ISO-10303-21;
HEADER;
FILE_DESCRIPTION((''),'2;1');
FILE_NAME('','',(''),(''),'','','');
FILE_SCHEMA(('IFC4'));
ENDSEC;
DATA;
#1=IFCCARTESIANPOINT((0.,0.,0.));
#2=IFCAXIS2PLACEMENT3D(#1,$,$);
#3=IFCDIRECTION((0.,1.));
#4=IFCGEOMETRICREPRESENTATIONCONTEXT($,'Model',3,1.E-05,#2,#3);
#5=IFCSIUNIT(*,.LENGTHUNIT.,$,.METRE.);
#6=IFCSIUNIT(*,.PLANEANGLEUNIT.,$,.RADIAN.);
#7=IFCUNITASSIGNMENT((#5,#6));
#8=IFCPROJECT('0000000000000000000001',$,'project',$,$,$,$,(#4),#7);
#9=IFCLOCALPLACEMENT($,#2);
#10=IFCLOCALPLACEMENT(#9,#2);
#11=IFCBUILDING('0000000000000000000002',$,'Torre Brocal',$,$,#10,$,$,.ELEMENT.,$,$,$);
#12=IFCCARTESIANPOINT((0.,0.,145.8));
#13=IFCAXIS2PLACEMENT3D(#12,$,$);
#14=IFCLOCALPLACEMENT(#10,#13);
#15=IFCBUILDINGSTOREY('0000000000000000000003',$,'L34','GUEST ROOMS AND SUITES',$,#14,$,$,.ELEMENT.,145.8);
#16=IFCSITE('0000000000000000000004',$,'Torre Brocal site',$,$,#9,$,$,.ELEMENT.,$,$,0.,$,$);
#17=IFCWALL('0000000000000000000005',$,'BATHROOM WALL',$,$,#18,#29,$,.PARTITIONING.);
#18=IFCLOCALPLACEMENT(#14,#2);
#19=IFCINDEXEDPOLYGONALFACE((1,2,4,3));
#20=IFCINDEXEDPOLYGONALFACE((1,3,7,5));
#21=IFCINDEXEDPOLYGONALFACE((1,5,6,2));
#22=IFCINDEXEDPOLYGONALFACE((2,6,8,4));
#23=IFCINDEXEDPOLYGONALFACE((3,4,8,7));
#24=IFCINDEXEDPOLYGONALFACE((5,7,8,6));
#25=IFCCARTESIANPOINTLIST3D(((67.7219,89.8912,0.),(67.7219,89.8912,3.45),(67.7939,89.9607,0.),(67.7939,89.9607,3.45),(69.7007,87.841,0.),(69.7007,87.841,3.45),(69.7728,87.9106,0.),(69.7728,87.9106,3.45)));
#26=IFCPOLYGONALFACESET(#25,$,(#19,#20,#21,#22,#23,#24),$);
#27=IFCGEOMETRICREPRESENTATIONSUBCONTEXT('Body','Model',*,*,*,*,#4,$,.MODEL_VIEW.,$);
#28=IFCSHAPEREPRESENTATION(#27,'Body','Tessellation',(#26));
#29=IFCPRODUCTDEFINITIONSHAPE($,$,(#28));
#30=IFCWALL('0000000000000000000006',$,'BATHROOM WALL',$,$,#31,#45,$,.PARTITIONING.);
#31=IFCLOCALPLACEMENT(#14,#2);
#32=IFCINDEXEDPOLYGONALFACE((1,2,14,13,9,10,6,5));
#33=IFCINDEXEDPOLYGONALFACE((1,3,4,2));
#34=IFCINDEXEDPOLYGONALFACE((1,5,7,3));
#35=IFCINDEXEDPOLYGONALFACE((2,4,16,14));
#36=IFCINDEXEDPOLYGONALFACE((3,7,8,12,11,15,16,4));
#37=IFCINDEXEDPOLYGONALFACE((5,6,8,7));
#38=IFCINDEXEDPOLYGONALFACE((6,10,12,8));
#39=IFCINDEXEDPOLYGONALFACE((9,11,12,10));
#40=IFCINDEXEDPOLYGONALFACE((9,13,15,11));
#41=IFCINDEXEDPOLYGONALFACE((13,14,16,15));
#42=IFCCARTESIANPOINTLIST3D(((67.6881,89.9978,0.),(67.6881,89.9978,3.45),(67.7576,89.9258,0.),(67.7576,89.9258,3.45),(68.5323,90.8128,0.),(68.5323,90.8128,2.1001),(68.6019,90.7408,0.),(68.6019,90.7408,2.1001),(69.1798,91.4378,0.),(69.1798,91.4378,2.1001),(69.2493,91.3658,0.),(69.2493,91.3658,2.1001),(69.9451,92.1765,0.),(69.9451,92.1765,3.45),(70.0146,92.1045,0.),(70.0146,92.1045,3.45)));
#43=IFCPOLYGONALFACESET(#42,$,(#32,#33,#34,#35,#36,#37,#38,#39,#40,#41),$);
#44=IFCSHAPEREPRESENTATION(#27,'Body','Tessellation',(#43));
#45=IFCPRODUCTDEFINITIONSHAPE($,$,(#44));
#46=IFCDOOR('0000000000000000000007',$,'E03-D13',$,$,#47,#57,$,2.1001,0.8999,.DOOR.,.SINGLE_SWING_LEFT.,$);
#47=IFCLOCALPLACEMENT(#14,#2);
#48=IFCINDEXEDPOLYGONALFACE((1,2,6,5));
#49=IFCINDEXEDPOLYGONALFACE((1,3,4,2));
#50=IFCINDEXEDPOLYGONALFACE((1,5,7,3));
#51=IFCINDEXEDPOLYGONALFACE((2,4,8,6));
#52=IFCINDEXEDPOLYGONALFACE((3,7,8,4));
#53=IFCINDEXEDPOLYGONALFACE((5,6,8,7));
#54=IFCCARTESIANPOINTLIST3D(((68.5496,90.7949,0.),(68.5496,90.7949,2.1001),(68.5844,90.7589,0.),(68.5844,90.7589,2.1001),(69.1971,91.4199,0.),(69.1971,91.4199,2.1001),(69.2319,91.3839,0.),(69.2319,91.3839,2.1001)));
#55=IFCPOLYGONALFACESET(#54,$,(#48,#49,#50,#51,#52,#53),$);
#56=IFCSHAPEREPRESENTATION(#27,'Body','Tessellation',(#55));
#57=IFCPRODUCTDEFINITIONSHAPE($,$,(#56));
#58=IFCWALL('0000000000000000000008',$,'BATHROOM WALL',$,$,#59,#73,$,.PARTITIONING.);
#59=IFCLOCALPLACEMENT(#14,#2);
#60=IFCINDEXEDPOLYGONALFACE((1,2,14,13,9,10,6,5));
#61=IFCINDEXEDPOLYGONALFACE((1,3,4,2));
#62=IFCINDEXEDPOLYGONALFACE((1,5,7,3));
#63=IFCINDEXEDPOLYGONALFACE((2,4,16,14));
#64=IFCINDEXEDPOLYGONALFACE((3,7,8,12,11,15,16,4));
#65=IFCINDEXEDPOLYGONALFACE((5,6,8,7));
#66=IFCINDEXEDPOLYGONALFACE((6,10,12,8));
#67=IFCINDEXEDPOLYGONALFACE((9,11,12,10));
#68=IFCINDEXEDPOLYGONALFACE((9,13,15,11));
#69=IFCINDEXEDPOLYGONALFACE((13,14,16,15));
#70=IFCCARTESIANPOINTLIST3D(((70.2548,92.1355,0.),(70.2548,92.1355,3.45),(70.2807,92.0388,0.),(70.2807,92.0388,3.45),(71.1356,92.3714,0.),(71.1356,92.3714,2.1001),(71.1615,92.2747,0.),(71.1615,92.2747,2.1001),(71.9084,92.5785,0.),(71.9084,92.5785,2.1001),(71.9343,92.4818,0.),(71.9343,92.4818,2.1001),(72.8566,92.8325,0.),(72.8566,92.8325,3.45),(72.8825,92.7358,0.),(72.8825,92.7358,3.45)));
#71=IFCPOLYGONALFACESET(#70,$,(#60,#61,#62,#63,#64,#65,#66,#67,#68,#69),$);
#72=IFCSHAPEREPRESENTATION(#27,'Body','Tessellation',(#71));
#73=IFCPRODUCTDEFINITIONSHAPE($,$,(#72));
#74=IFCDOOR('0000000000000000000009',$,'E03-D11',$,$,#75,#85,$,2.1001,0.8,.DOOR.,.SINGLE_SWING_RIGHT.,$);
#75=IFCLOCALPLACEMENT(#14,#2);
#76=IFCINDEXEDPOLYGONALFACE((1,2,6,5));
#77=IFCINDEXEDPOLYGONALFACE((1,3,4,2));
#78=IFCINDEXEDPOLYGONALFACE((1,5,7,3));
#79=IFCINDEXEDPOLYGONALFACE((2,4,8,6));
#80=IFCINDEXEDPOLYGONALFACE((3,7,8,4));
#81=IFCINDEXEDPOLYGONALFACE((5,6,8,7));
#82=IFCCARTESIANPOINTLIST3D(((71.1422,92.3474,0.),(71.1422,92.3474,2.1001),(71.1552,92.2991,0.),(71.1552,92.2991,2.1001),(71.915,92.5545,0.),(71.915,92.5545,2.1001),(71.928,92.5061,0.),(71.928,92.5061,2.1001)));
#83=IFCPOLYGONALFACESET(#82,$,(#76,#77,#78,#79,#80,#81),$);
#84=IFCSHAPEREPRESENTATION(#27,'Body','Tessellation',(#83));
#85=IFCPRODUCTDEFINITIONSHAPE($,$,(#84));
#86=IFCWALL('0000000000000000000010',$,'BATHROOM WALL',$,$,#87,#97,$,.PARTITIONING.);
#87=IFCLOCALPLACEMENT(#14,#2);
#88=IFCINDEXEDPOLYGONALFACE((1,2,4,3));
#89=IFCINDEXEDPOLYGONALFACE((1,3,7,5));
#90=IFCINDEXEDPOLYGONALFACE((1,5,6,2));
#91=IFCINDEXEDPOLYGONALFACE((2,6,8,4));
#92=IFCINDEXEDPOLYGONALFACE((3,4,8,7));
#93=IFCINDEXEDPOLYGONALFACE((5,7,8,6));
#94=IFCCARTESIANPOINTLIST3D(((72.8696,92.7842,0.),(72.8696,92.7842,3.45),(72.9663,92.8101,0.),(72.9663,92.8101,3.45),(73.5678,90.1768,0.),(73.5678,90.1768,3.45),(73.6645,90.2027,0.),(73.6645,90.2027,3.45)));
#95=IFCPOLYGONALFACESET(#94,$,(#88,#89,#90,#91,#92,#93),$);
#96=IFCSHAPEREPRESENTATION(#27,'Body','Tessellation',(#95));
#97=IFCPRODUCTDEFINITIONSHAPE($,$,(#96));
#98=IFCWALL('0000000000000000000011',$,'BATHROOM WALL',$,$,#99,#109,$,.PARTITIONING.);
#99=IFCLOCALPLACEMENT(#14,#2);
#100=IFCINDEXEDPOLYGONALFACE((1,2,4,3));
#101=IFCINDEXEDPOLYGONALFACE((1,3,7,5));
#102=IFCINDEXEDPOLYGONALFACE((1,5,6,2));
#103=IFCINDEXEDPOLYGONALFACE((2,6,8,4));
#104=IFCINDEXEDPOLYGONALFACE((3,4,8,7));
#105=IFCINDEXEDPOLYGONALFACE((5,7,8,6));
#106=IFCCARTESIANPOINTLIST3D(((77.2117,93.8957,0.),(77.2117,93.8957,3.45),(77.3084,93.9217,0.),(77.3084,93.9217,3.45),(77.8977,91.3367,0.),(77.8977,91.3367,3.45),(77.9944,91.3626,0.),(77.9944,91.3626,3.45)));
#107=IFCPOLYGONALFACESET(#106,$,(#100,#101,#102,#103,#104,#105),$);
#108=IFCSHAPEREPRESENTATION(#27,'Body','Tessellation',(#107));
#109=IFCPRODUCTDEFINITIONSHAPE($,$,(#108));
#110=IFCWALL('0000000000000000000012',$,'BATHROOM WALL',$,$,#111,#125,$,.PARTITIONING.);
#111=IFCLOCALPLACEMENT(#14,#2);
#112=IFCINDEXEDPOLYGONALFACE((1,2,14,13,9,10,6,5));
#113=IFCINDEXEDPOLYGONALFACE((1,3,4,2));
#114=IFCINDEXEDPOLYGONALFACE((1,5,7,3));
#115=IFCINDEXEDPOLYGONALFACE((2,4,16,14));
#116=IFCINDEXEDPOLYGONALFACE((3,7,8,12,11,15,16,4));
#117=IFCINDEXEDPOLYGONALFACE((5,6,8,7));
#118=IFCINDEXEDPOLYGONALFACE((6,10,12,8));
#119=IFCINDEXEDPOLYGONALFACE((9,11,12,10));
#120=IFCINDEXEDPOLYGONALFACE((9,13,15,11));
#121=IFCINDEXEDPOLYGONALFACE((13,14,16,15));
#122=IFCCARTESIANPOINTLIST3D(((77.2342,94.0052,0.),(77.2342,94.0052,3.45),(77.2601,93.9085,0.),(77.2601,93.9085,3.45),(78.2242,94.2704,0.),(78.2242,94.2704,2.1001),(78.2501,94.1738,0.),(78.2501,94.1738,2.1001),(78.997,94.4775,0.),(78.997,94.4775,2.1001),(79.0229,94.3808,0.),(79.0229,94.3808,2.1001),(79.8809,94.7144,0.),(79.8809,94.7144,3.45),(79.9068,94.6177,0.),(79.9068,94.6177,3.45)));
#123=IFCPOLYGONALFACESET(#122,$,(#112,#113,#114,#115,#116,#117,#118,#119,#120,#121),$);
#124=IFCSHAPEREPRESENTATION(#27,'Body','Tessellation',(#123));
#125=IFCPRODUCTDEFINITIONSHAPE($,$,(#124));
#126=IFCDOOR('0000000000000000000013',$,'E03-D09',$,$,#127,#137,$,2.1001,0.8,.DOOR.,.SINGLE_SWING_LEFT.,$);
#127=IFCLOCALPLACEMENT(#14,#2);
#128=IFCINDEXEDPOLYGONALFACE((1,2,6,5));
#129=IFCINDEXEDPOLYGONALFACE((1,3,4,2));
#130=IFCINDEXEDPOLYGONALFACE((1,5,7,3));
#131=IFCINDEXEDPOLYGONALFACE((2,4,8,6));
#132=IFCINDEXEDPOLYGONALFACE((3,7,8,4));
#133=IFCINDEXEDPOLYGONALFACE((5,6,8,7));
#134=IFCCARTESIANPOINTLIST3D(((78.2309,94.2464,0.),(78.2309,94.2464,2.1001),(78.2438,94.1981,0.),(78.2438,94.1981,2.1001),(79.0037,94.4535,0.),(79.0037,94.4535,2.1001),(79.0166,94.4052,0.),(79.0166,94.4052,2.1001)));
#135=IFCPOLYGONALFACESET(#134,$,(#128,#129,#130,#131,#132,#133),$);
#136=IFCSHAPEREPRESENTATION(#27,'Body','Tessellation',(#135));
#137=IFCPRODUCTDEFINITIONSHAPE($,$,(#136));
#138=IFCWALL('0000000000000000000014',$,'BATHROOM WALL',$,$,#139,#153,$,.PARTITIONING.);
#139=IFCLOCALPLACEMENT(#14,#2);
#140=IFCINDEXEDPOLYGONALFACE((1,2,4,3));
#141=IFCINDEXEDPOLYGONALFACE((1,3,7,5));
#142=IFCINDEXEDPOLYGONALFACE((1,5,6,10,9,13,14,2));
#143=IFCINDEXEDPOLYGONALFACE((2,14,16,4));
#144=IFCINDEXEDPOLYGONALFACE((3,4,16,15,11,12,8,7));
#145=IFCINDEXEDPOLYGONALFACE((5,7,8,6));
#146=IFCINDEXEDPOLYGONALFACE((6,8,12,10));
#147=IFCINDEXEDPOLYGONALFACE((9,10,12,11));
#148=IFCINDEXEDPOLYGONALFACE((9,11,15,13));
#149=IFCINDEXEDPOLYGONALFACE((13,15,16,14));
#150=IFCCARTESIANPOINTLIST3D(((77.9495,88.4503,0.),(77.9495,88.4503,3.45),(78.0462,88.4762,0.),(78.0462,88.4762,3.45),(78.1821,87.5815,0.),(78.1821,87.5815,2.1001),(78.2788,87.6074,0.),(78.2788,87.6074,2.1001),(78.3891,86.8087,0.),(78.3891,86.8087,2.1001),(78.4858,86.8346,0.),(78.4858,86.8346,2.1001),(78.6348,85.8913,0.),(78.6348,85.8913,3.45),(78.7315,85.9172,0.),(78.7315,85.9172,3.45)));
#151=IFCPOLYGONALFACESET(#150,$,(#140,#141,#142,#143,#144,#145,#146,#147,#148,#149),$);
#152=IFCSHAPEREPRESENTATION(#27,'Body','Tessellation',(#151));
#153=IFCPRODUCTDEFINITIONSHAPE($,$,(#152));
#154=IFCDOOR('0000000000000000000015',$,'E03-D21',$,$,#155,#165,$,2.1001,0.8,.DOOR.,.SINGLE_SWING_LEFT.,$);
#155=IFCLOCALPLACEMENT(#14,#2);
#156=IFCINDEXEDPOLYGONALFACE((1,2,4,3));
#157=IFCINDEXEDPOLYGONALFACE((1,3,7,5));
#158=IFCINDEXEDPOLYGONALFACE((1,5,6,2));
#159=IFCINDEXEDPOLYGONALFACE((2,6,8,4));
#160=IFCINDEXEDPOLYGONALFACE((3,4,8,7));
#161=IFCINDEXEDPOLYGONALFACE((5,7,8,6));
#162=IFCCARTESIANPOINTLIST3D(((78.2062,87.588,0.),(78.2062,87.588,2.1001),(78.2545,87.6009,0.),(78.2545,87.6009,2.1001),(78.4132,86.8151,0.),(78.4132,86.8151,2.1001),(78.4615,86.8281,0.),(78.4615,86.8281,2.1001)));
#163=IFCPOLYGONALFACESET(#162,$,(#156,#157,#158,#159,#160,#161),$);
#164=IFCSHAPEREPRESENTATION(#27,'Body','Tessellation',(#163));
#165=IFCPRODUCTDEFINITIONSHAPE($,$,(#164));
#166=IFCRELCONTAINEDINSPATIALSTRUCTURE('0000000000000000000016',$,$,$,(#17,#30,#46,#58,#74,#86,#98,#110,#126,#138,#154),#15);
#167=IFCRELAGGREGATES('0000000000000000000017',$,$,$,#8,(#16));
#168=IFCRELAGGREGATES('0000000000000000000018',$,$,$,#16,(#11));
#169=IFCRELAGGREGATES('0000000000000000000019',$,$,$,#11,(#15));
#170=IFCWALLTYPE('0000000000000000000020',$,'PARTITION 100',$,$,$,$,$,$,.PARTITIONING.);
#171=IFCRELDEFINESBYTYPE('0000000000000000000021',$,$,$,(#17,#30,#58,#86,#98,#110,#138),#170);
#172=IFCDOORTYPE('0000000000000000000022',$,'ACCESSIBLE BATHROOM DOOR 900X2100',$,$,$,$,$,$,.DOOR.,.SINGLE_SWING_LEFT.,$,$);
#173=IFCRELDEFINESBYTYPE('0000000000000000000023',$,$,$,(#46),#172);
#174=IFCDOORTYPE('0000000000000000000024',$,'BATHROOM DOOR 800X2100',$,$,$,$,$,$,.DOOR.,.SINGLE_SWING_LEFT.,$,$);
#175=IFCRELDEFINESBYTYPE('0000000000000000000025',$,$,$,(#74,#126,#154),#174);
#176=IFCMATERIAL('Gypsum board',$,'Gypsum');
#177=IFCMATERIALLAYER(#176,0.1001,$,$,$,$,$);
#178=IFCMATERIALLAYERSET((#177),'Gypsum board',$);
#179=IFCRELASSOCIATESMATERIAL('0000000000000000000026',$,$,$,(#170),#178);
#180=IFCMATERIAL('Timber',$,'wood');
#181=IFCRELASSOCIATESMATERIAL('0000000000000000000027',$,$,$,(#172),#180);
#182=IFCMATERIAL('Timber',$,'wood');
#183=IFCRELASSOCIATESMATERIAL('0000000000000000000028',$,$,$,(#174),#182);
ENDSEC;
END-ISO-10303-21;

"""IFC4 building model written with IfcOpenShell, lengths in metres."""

from ifc_helpers import new_model, si_unit, direction, frame, frame_2d, origin, place, context, subcontext, project, spatial, rectangle, extrude, material, layer, layer_set, type_object, element, fill, save


model = new_model("IFC4")

# Units and contexts
model_context = context("Model", 3, precision=1e-05, world=origin(), true_north=direction((0.0, 1.0)))
body_context = subcontext(model_context, "Body", "Model", "MODEL_VIEW")
ifc_project = project(units=[si_unit("LENGTHUNIT", "METRE"), si_unit("PLANEANGLEUNIT", "RADIAN")], contexts=[model_context])

# Site, building, storey
site_placement = place(None, origin())
site = spatial("IfcSite", under=ifc_project, at=site_placement, Name="Torre Brocal site", CompositionType="ELEMENT", RefElevation=0.0)
building_placement = place(site_placement, origin())
building = spatial("IfcBuilding", under=site, at=building_placement, Name="Torre Brocal", CompositionType="ELEMENT")
storey_placement = place(building_placement, frame((0.0, 0.0, 145.8)))
storey = spatial("IfcBuildingStorey", under=building, at=storey_placement, Name="L34", Description="GUEST ROOMS AND SUITES", CompositionType="ELEMENT", Elevation=145.8)

# Wall
ifc_material_1 = material(Name="Gypsum board", Category="Gypsum")
ifc_layer_1 = layer(ifc_material_1, 0.1001)
ifc_layer_set_1 = layer_set([ifc_layer_1], Name="Gypsum board")
wall_type_1 = type_object("IfcWallType", Name="PARTITION 100", PredefinedType="PARTITIONING", material=ifc_layer_set_1)
wall_1_placement = place(storey_placement, frame((67.7578, 89.926, 0.0), z_axis=(0.0, 0.0, 1.0), x_axis=(0.694486, -0.719506, 0.0)))
element("IfcWall", 1, at=wall_1_placement, inside=storey, type_object=wall_type_1, Name="BATHROOM WALL", PredefinedType="PARTITIONING", context=body_context, shape_type="SweptSolid", body=[
    extrude(rectangle(XDim=2.8494, YDim=0.1001, at=frame_2d((1.4248, 0.0))), origin(), (0.0, 0.0, 1.0), 3.45),
])

# Walls, openings, doors
wall_2_placement = place(storey_placement, frame((67.7229, 89.9619, 0.0), z_axis=(0.0, 0.0, 1.0), x_axis=(0.719487, 0.694506, 0.0)))
wall_2 = element("IfcWall", 2, at=wall_2_placement, inside=storey, type_object=wall_type_1, Name="BATHROOM WALL", PredefinedType="PARTITIONING", context=body_context, shape_type="SweptSolid", body=[
    extrude(rectangle(XDim=3.137, YDim=0.1001, at=frame_2d((1.5684, 0.0))), origin(), (0.0, 0.0, 1.0), 3.45),
])
opening_1_placement = place(wall_2_placement, frame((1.1733, 0.0, 0.0)))
opening_1 = element("IfcOpeningElement", 3, at=opening_1_placement, cuts=wall_2, PredefinedType="OPENING", context=body_context, shape_type="SweptSolid", body=[
    extrude(rectangle(XDim=0.8999, YDim=2.1001, at=frame_2d((0.45, 1.05))), frame((0.0, 0.0601, 0.0), z_axis=(0.0, -1.0, 0.0), x_axis=(1.0, 0.0, 0.0)), (0.0, 0.0, 1.0), 0.1201),
])
ifc_material_2 = material(Name="Timber", Category="wood")
door_type_1 = type_object("IfcDoorType", Name="ACCESSIBLE BATHROOM DOOR 900X2100", OperationType="SINGLE_SWING_LEFT", PredefinedType="DOOR", material=ifc_material_2)
door_1_placement = place(opening_1_placement, frame((0.8999, 0.0, 0.0), z_axis=(0.0, 0.0, 1.0), x_axis=(-1.0, 0.0, 0.0)))
door_1 = element("IfcDoor", 4, at=door_1_placement, inside=storey, type_object=door_type_1, Name="E03-D13", OperationType="SINGLE_SWING_LEFT", OverallHeight=2.1001, OverallWidth=0.8999, PredefinedType="DOOR", context=body_context, shape_type="SweptSolid", body=[
    extrude(rectangle(XDim=0.8999, YDim=2.1001, at=frame_2d((0.45, 1.05))), frame((0.0, 0.0249, 0.0), z_axis=(0.0, -1.0, 0.0), x_axis=(1.0, 0.0, 0.0)), (0.0, 0.0, 1.0), 0.05),
])
fill(opening_1, door_1)
wall_3_placement = place(storey_placement, frame((70.2678, 92.0872, 0.0), z_axis=(0.0, 0.0, 1.0), x_axis=(0.965938, 0.258774, 0.0)))
wall_3 = element("IfcWall", 5, at=wall_3_placement, inside=storey, type_object=wall_type_1, Name="BATHROOM WALL", PredefinedType="PARTITIONING", context=body_context, shape_type="SweptSolid", body=[
    extrude(rectangle(XDim=2.6936, YDim=0.1001, at=frame_2d((1.3467, 0.0))), origin(), (0.0, 0.0, 1.0), 3.45),
])
opening_2_placement = place(wall_3_placement, frame((0.9119, 0.0, 0.0)))
opening_2 = element("IfcOpeningElement", 6, at=opening_2_placement, cuts=wall_3, PredefinedType="OPENING", context=body_context, shape_type="SweptSolid", body=[
    extrude(rectangle(XDim=0.8, YDim=2.1001, at=frame_2d((0.3999, 1.05))), frame((0.0, 0.0601, 0.0), z_axis=(0.0, -1.0, 0.0), x_axis=(1.0, 0.0, 0.0)), (0.0, 0.0, 1.0), 0.1201),
])
ifc_material_3 = material(Name="Timber", Category="wood")
door_type_2 = type_object("IfcDoorType", Name="BATHROOM DOOR 800X2100", OperationType="SINGLE_SWING_LEFT", PredefinedType="DOOR", material=ifc_material_3)
door_2_placement = place(opening_2_placement, frame((0.8, 0.0, 0.0), z_axis=(0.0, 0.0, 1.0), x_axis=(-1.0, 0.0, 0.0)))
door_2 = element("IfcDoor", 7, at=door_2_placement, inside=storey, type_object=door_type_2, Name="E03-D11", OperationType="SINGLE_SWING_RIGHT", OverallHeight=2.1001, OverallWidth=0.8, PredefinedType="DOOR", context=body_context, shape_type="SweptSolid", body=[
    extrude(rectangle(XDim=0.8, YDim=2.1001, at=frame_2d((0.3999, 1.05))), frame((0.0, 0.0249, 0.0), z_axis=(0.0, -1.0, 0.0), x_axis=(1.0, 0.0, 0.0)), (0.0, 0.0, 1.0), 0.05),
])
fill(opening_2, door_2)

# Walls
wall_4_placement = place(storey_placement, frame((72.918, 92.7971, 0.0), z_axis=(0.0, 0.0, 1.0), x_axis=(0.258676, -0.965964, 0.0)))
element("IfcWall", 8, at=wall_4_placement, inside=storey, type_object=wall_type_1, Name="BATHROOM WALL", PredefinedType="PARTITIONING", context=body_context, shape_type="SweptSolid", body=[
    extrude(rectangle(XDim=2.6992, YDim=0.1001, at=frame_2d((1.3496, 0.0))), origin(), (0.0, 0.0, 1.0), 3.45),
])
wall_5_placement = place(storey_placement, frame((77.26, 93.9087, 0.0), z_axis=(0.0, 0.0, 1.0), x_axis=(0.258936, -0.965895, 0.0)))
element("IfcWall", 9, at=wall_5_placement, inside=storey, type_object=wall_type_1, Name="BATHROOM WALL", PredefinedType="PARTITIONING", context=body_context, shape_type="SweptSolid", body=[
    extrude(rectangle(XDim=2.6494, YDim=0.1001, at=frame_2d((1.3247, 0.0))), origin(), (0.0, 0.0, 1.0), 3.45),
])

# Walls, openings, doors
wall_6_placement = place(storey_placement, frame((77.2471, 93.9568, 0.0), z_axis=(0.0, 0.0, 1.0), x_axis=(0.965922, 0.258833, 0.0)))
wall_6 = element("IfcWall", 10, at=wall_6_placement, inside=storey, type_object=wall_type_1, Name="BATHROOM WALL", PredefinedType="PARTITIONING", context=body_context, shape_type="SweptSolid", body=[
    extrude(rectangle(XDim=2.74, YDim=0.1001, at=frame_2d((1.3701, 0.0))), origin(), (0.0, 0.0, 1.0), 3.45),
])
opening_3_placement = place(wall_6_placement, frame((1.0251, 0.0, 0.0)))
opening_3 = element("IfcOpeningElement", 11, at=opening_3_placement, cuts=wall_6, PredefinedType="OPENING", context=body_context, shape_type="SweptSolid", body=[
    extrude(rectangle(XDim=0.8, YDim=2.1001, at=frame_2d((0.3999, 1.05))), frame((0.0, 0.0601, 0.0), z_axis=(0.0, -1.0, 0.0), x_axis=(1.0, 0.0, 0.0)), (0.0, 0.0, 1.0), 0.1201),
])
door_3_placement = place(opening_3_placement, frame((0.8, 0.0, 0.0), z_axis=(0.0, 0.0, 1.0), x_axis=(-1.0, 0.0, 0.0)))
door_3 = element("IfcDoor", 12, at=door_3_placement, inside=storey, type_object=door_type_2, Name="E03-D09", OperationType="SINGLE_SWING_LEFT", OverallHeight=2.1001, OverallWidth=0.8, PredefinedType="DOOR", context=body_context, shape_type="SweptSolid", body=[
    extrude(rectangle(XDim=0.8, YDim=2.1001, at=frame_2d((0.3999, 1.05))), frame((0.0, 0.0249, 0.0), z_axis=(0.0, -1.0, 0.0), x_axis=(1.0, 0.0, 0.0)), (0.0, 0.0, 1.0), 0.05),
])
fill(opening_3, door_3)
wall_7_placement = place(storey_placement, frame((77.9978, 88.4634, 0.0), z_axis=(0.0, 0.0, 1.0), x_axis=(0.258678, -0.965964, 0.0)))
wall_7 = element("IfcWall", 13, at=wall_7_placement, inside=storey, type_object=wall_type_1, Name="BATHROOM WALL", PredefinedType="PARTITIONING", context=body_context, shape_type="SweptSolid", body=[
    extrude(rectangle(XDim=2.6492, YDim=0.1001, at=frame_2d((1.3247, 0.0))), origin(), (0.0, 0.0, 1.0), 3.45),
])
opening_4_placement = place(wall_7_placement, frame((0.8997, 0.0, 0.0)))
opening_4 = element("IfcOpeningElement", 14, at=opening_4_placement, cuts=wall_7, PredefinedType="OPENING", context=body_context, shape_type="SweptSolid", body=[
    extrude(rectangle(XDim=0.8, YDim=2.1001, at=frame_2d((0.3999, 1.05))), frame((0.0, 0.0601, 0.0), z_axis=(0.0, -1.0, 0.0), x_axis=(1.0, 0.0, 0.0)), (0.0, 0.0, 1.0), 0.1201),
])
door_4_placement = place(opening_4_placement, origin())
door_4 = element("IfcDoor", 15, at=door_4_placement, inside=storey, type_object=door_type_2, Name="E03-D21", OperationType="SINGLE_SWING_LEFT", OverallHeight=2.1001, OverallWidth=0.8, PredefinedType="DOOR", context=body_context, shape_type="SweptSolid", body=[
    extrude(rectangle(XDim=0.8, YDim=2.1001, at=frame_2d((0.3999, 1.05))), frame((0.0, 0.0249, 0.0), z_axis=(0.0, -1.0, 0.0), x_axis=(1.0, 0.0, 0.0)), (0.0, 0.0, 1.0), 0.05),
])
fill(opening_4, door_4)

save(model, "model.ifc")
